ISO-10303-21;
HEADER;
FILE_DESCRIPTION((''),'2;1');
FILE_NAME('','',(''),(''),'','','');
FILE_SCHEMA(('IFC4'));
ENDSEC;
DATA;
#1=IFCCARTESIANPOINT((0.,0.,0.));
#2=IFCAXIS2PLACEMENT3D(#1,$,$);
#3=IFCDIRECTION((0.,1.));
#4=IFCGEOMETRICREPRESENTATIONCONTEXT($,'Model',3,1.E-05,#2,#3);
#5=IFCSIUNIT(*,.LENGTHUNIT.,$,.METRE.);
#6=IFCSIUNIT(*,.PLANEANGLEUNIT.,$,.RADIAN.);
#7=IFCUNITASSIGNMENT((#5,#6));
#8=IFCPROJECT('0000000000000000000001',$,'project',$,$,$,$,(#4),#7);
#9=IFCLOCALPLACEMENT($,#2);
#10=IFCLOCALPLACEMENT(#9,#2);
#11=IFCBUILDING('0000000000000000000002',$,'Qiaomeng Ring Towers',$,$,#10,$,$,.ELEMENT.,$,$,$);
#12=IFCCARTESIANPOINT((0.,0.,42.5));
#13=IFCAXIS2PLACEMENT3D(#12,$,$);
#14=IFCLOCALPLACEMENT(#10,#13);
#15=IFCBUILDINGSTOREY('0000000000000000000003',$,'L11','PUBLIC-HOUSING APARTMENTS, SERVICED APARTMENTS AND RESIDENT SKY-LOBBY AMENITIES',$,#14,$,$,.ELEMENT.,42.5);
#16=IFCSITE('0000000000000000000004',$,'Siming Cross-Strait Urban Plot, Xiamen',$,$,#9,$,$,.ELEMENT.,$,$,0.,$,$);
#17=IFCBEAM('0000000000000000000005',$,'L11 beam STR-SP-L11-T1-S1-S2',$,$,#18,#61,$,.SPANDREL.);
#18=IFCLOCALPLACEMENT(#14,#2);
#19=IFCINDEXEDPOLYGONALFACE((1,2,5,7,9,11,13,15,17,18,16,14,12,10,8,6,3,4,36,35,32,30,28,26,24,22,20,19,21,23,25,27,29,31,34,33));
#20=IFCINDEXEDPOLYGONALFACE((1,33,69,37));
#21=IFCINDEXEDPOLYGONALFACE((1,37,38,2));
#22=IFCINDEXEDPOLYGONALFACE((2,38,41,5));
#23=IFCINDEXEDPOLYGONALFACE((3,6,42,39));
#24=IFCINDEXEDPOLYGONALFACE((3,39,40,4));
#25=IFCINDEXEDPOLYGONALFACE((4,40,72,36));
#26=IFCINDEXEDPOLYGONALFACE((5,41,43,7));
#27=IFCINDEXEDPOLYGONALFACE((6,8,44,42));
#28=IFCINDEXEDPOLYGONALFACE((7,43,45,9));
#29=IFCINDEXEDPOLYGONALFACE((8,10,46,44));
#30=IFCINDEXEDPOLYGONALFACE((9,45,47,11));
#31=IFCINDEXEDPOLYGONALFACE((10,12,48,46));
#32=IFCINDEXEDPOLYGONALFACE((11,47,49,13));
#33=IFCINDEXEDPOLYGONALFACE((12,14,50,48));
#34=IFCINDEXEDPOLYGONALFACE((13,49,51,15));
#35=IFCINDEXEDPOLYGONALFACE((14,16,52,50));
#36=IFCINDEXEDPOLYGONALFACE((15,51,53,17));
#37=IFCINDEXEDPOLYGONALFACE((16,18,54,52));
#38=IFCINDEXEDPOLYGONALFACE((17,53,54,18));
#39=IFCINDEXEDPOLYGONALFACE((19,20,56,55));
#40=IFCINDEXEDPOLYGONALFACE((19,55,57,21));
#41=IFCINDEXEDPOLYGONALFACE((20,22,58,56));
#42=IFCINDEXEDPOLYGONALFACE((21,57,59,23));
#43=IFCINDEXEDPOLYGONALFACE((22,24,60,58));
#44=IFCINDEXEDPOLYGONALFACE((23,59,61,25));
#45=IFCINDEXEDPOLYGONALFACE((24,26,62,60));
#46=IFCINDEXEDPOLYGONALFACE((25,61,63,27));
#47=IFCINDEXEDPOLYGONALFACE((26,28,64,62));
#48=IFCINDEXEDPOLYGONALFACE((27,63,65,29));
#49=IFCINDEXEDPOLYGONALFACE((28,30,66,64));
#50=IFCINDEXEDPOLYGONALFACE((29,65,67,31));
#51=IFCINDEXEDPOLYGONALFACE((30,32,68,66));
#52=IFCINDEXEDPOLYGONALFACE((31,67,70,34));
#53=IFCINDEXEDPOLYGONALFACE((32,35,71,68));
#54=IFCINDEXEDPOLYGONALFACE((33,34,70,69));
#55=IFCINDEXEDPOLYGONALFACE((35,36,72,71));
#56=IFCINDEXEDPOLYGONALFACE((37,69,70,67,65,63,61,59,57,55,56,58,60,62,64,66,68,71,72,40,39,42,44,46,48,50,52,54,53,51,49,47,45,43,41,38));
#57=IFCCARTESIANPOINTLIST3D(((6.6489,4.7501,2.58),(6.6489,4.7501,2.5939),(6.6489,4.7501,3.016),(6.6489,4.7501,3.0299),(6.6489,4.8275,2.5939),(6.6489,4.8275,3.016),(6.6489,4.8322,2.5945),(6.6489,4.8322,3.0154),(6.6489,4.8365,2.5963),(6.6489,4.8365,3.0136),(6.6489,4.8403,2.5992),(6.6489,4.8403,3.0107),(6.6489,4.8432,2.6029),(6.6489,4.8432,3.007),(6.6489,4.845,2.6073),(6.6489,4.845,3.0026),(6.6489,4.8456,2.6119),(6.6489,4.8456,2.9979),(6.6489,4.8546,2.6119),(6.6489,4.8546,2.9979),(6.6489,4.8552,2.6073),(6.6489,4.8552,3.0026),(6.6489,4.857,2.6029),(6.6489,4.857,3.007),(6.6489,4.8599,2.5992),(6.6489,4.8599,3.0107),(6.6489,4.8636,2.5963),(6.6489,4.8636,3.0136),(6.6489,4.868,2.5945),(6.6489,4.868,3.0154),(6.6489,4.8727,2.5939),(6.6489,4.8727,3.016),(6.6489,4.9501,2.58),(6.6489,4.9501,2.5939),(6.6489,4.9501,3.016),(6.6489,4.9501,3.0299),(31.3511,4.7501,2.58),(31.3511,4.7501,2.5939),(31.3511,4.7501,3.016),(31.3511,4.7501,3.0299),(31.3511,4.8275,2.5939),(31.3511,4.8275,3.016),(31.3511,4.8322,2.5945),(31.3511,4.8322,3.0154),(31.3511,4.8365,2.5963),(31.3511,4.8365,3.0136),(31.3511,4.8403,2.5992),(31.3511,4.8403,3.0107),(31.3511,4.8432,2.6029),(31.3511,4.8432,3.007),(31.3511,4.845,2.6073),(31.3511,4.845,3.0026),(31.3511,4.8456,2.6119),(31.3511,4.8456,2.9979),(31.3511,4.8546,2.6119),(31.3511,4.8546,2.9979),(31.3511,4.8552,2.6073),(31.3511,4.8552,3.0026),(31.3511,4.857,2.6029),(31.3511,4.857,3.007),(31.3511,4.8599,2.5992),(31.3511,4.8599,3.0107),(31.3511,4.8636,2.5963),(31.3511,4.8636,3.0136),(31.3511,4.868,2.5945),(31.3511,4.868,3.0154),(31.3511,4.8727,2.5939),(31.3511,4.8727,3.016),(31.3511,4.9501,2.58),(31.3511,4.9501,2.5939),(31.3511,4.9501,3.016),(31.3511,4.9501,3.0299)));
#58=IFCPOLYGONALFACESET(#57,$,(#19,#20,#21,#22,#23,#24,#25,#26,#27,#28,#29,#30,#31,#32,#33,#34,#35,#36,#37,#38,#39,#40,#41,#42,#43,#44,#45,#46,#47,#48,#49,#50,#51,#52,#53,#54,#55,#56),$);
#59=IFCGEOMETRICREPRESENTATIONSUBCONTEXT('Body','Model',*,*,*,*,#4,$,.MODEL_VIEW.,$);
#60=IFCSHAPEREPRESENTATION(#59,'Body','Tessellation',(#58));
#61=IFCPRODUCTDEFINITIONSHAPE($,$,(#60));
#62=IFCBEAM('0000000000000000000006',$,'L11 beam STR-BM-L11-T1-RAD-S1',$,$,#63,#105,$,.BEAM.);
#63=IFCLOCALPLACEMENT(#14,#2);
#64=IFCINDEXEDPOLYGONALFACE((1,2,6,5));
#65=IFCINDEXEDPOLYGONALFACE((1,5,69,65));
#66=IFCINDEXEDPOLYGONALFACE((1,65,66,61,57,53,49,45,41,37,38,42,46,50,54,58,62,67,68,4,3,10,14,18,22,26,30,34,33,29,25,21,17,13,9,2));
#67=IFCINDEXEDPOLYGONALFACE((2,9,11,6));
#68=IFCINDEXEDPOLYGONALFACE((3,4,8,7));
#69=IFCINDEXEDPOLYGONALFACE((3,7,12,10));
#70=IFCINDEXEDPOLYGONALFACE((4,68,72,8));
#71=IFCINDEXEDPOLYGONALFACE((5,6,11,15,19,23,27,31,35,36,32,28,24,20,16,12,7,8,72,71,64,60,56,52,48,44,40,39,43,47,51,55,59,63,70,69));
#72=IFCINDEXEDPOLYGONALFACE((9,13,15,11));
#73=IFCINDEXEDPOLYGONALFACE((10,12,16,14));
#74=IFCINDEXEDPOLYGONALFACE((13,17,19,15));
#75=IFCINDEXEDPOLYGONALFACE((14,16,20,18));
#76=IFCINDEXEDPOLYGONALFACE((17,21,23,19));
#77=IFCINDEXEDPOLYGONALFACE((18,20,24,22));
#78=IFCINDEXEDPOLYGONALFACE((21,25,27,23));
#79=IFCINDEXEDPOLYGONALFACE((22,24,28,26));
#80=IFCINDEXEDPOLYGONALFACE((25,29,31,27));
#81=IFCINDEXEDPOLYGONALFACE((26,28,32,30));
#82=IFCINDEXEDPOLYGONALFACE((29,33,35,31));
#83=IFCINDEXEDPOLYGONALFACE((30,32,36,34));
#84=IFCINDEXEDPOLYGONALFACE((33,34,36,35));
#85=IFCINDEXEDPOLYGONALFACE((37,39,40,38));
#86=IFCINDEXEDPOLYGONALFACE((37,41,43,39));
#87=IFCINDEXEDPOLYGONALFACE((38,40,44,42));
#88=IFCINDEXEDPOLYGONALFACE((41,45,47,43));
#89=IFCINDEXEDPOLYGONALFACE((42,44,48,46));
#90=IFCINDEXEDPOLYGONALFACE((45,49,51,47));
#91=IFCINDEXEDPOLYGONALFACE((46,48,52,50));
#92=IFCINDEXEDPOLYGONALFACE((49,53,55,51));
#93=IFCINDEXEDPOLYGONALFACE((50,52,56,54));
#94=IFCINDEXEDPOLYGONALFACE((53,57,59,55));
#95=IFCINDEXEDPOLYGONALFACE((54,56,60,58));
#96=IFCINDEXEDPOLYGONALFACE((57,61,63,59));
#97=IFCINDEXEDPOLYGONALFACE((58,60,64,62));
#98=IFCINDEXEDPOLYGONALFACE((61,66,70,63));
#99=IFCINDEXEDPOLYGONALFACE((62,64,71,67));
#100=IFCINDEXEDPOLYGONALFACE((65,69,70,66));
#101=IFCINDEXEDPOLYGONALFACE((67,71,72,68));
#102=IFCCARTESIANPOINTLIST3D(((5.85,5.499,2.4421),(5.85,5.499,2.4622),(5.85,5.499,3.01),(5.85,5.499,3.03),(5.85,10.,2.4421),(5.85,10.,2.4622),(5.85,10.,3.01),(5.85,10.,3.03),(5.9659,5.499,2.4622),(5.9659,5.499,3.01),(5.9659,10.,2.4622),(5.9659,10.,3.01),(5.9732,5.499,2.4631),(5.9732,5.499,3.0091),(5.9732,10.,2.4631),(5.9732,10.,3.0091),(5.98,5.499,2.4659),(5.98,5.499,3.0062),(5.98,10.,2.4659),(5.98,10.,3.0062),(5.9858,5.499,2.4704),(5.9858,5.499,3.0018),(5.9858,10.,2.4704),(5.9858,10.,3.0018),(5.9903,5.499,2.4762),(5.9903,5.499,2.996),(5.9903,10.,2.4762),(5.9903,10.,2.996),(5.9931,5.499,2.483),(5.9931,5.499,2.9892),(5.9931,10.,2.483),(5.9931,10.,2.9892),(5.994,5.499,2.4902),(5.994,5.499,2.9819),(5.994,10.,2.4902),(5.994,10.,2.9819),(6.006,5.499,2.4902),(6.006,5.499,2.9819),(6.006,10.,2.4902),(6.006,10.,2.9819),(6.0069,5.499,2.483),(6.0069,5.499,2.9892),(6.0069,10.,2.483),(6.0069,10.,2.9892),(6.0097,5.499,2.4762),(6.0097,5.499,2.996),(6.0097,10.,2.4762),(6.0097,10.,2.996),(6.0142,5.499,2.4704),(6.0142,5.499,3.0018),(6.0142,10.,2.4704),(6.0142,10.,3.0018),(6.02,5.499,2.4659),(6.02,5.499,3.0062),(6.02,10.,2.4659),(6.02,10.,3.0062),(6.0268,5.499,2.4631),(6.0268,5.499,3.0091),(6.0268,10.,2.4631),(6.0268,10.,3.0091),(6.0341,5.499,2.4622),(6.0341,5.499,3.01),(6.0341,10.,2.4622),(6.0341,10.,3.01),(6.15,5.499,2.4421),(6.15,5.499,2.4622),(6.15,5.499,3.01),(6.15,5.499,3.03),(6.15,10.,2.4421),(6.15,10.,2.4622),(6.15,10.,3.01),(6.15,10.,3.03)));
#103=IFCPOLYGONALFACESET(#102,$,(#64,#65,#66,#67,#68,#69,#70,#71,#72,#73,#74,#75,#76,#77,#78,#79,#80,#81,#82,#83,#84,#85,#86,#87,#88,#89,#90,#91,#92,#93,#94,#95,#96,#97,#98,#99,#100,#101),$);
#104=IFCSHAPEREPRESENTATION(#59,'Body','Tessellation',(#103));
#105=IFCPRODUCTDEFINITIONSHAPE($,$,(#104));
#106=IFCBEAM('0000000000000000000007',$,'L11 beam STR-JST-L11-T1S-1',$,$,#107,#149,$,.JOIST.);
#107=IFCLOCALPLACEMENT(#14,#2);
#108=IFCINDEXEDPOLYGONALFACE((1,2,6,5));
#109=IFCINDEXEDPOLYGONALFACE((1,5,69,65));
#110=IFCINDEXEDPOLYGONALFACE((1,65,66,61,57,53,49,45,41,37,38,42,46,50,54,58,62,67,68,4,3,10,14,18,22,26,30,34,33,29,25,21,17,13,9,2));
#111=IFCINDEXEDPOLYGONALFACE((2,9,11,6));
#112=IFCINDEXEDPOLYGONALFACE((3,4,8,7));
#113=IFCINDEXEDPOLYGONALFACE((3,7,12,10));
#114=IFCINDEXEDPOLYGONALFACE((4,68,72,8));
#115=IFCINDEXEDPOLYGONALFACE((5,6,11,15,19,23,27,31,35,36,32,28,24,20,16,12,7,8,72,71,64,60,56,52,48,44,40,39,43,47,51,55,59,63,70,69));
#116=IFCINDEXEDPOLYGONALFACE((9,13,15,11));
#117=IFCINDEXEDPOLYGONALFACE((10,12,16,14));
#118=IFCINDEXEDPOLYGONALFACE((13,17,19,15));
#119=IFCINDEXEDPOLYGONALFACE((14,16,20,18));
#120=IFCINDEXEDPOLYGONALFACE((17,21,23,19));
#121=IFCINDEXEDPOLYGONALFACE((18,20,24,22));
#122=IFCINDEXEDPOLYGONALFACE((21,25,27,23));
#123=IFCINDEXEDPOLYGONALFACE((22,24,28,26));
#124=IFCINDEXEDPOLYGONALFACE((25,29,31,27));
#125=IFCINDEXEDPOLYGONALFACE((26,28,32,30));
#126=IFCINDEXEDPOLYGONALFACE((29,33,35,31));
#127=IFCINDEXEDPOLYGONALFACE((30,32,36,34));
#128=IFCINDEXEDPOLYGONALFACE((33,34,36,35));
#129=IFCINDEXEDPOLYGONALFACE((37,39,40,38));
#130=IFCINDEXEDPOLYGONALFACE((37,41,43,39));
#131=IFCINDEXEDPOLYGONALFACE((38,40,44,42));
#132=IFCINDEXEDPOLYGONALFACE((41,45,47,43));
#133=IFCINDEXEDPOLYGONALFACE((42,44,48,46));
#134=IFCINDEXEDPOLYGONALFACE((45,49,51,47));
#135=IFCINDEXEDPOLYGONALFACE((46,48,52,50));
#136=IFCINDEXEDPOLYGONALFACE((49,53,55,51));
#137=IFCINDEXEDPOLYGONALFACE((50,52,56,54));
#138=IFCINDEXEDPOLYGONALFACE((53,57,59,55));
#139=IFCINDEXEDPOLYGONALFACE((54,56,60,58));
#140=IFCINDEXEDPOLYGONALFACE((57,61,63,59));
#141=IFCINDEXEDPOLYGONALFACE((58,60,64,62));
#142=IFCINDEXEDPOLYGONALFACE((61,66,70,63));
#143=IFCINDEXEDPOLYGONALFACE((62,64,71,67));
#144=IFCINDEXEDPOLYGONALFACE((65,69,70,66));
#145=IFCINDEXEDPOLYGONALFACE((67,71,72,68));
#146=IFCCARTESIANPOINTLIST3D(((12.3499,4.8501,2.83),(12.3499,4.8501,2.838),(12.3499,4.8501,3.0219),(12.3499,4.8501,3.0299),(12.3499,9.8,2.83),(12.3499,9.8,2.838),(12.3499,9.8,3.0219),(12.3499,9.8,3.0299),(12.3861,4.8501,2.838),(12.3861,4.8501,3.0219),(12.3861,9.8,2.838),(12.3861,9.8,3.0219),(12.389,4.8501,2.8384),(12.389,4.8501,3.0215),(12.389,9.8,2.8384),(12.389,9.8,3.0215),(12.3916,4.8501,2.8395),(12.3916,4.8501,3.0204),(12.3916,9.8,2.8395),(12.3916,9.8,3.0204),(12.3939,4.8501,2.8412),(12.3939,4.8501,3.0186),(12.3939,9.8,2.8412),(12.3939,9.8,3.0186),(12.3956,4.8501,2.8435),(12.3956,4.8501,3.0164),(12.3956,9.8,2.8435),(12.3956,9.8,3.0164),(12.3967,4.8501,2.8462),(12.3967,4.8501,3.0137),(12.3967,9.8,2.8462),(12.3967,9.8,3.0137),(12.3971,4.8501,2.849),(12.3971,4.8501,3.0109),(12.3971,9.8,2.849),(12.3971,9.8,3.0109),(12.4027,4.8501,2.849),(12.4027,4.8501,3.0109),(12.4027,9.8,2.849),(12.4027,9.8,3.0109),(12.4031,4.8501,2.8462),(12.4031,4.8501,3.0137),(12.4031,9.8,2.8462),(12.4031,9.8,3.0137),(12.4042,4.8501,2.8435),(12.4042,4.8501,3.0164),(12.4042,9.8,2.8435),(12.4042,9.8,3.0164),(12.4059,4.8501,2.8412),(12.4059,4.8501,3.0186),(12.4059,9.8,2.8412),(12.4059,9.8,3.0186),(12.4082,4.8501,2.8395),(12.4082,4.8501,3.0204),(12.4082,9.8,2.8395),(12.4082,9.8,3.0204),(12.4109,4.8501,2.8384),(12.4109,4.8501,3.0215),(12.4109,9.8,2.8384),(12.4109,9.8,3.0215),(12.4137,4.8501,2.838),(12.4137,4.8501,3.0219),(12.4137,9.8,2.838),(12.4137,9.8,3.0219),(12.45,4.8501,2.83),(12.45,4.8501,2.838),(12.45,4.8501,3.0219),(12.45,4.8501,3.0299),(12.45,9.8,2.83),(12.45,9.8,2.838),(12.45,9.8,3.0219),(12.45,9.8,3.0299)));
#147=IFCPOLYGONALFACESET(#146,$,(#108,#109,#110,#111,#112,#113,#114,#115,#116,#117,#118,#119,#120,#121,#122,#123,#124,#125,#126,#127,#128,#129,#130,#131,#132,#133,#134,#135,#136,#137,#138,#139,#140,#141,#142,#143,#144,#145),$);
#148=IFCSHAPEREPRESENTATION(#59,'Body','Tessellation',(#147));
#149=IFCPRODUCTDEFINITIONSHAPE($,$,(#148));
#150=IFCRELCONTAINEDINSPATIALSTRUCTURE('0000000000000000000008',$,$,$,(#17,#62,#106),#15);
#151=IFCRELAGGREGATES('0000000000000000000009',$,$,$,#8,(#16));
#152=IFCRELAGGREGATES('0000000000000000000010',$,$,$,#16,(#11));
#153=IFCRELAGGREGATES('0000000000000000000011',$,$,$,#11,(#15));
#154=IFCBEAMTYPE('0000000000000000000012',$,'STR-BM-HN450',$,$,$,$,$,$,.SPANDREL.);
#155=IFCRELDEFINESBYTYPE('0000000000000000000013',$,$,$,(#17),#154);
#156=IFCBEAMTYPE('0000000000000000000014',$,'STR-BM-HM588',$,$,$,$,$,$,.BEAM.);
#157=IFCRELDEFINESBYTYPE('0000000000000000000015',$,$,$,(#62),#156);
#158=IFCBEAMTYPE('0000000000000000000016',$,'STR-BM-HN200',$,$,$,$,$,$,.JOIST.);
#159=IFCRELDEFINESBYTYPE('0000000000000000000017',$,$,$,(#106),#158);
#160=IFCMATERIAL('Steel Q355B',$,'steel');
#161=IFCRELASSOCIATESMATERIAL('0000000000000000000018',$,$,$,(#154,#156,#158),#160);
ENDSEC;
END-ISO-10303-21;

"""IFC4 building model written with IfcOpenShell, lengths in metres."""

from ifc_helpers import new_model, si_unit, direction, frame, origin, origin_2d, place, context, subcontext, project, spatial, i_section, extrude, source, transform, mapped, material, material_profile, profile_set, type_object, element, save


model = new_model("IFC4")

# Units and contexts
model_context = context("Model", 3, precision=1e-05, world=origin(), true_north=direction((0.0, 1.0)))
body_context = subcontext(model_context, "Body", "Model", "MODEL_VIEW")
ifc_project = project(units=[si_unit("LENGTHUNIT", "METRE"), si_unit("PLANEANGLEUNIT", "RADIAN")], contexts=[model_context])

# Site, building, storey
site_placement = place(None, origin())
site = spatial("IfcSite", under=ifc_project, at=site_placement, Name="Siming Cross-Strait Urban Plot, Xiamen", CompositionType="ELEMENT", RefElevation=0.0)
building_placement = place(site_placement, origin())
building = spatial("IfcBuilding", under=site, at=building_placement, Name="Qiaomeng Ring Towers", CompositionType="ELEMENT")
storey_placement = place(building_placement, frame((0.0, 0.0, 42.5)))
storey = spatial("IfcBuildingStorey", under=building, at=storey_placement, Name="L11", Description="PUBLIC-HOUSING APARTMENTS, SERVICED APARTMENTS AND RESIDENT SKY-LOBBY AMENITIES", CompositionType="ELEMENT", Elevation=42.5)

# Beams
ifc_material_1 = material(Name="Steel Q355B", Category="steel")
ifc_material_profile_1 = material_profile(ifc_material_1, i_section(OverallWidth=0.2, OverallDepth=0.45, WebThickness=0.009, FlangeThickness=0.0139, FilletRadius=0.0181, at=origin_2d()), Name="HN 450x200x9x14")
ifc_profile_set_1 = profile_set([ifc_material_profile_1], Name="Steel Q355B")
beam_type_1 = type_object("IfcBeamType", Name="STR-BM-HN450", PredefinedType="SPANDREL", material=ifc_profile_set_1)
shared_shape_1 = source(origin(), body_context, "Body", "SweptSolid", [
    extrude(i_section(OverallWidth=0.2, OverallDepth=0.45, WebThickness=0.009, FlangeThickness=0.0139, FilletRadius=0.0181, at=origin_2d()), origin(), (0.0, 0.0, 1.0), 24.7021),
])
beam_1_placement = place(storey_placement, frame((6.6489, 4.8501, 2.8049), z_axis=(1.0, 0.0, 0.0), x_axis=(0.0, 1.0, 0.0)))
element("IfcBeam", 1, at=beam_1_placement, inside=storey, type_object=beam_type_1, Name="L11 beam STR-SP-L11-T1-S1-S2", PredefinedType="SPANDREL", context=body_context, shape_type="MappedRepresentation", body=[
    mapped(shared_shape_1, transform((0.0, 0.0, 0.0), x_axis=(1.0, 0.0, 0.0), y_axis=(0.0, 1.0, 0.0), z_axis=(0.0, 0.0, 1.0), scale=1.0)),
])
ifc_material_profile_2 = material_profile(ifc_material_1, i_section(OverallWidth=0.3, OverallDepth=0.5879, WebThickness=0.012, FlangeThickness=0.02, FilletRadius=0.0281, at=origin_2d()), Name="HM 588x300x12x20")
ifc_profile_set_2 = profile_set([ifc_material_profile_2], Name="Steel Q355B")
beam_type_2 = type_object("IfcBeamType", Name="STR-BM-HM588", PredefinedType="BEAM", material=ifc_profile_set_2)
shared_shape_2 = source(origin(), body_context, "Body", "SweptSolid", [
    extrude(i_section(OverallWidth=0.3, OverallDepth=0.5879, WebThickness=0.012, FlangeThickness=0.02, FilletRadius=0.0281, at=origin_2d()), origin(), (0.0, 0.0, 1.0), 4.501),
])
beam_2_placement = place(storey_placement, frame((6.0, 5.499, 2.7361), z_axis=(0.0, 1.0, 0.0), x_axis=(-1.0, 0.0, 0.0)))
element("IfcBeam", 2, at=beam_2_placement, inside=storey, type_object=beam_type_2, Name="L11 beam STR-BM-L11-T1-RAD-S1", PredefinedType="BEAM", context=body_context, shape_type="MappedRepresentation", body=[
    mapped(shared_shape_2, transform((0.0, 0.0, 0.0), x_axis=(1.0, 0.0, 0.0), y_axis=(0.0, 1.0, 0.0), z_axis=(0.0, 0.0, 1.0), scale=1.0)),
])
ifc_material_profile_3 = material_profile(ifc_material_1, i_section(OverallWidth=0.1001, OverallDepth=0.2, WebThickness=0.0056, FlangeThickness=0.0081, FilletRadius=0.011, at=origin_2d()), Name="HN 200x100x5.5x8")
ifc_profile_set_3 = profile_set([ifc_material_profile_3], Name="Steel Q355B")
beam_type_3 = type_object("IfcBeamType", Name="STR-BM-HN200", PredefinedType="JOIST", material=ifc_profile_set_3)
shared_shape_3 = source(origin(), body_context, "Body", "SweptSolid", [
    extrude(i_section(OverallWidth=0.1001, OverallDepth=0.2, WebThickness=0.0056, FlangeThickness=0.0081, FilletRadius=0.011, at=origin_2d()), origin(), (0.0, 0.0, 1.0), 4.95),
])
beam_3_placement = place(storey_placement, frame((12.3999, 4.8501, 2.9299), z_axis=(0.0, 1.0, 0.0), x_axis=(-1.0, 0.0, 0.0)))
element("IfcBeam", 3, at=beam_3_placement, inside=storey, type_object=beam_type_3, Name="L11 beam STR-JST-L11-T1S-1", PredefinedType="JOIST", context=body_context, shape_type="MappedRepresentation", body=[
    mapped(shared_shape_3, transform((0.0, 0.0, 0.0), x_axis=(1.0, 0.0, 0.0), y_axis=(0.0, 1.0, 0.0), z_axis=(0.0, 0.0, 1.0), scale=1.0)),
])

save(model, "model.ifc")
